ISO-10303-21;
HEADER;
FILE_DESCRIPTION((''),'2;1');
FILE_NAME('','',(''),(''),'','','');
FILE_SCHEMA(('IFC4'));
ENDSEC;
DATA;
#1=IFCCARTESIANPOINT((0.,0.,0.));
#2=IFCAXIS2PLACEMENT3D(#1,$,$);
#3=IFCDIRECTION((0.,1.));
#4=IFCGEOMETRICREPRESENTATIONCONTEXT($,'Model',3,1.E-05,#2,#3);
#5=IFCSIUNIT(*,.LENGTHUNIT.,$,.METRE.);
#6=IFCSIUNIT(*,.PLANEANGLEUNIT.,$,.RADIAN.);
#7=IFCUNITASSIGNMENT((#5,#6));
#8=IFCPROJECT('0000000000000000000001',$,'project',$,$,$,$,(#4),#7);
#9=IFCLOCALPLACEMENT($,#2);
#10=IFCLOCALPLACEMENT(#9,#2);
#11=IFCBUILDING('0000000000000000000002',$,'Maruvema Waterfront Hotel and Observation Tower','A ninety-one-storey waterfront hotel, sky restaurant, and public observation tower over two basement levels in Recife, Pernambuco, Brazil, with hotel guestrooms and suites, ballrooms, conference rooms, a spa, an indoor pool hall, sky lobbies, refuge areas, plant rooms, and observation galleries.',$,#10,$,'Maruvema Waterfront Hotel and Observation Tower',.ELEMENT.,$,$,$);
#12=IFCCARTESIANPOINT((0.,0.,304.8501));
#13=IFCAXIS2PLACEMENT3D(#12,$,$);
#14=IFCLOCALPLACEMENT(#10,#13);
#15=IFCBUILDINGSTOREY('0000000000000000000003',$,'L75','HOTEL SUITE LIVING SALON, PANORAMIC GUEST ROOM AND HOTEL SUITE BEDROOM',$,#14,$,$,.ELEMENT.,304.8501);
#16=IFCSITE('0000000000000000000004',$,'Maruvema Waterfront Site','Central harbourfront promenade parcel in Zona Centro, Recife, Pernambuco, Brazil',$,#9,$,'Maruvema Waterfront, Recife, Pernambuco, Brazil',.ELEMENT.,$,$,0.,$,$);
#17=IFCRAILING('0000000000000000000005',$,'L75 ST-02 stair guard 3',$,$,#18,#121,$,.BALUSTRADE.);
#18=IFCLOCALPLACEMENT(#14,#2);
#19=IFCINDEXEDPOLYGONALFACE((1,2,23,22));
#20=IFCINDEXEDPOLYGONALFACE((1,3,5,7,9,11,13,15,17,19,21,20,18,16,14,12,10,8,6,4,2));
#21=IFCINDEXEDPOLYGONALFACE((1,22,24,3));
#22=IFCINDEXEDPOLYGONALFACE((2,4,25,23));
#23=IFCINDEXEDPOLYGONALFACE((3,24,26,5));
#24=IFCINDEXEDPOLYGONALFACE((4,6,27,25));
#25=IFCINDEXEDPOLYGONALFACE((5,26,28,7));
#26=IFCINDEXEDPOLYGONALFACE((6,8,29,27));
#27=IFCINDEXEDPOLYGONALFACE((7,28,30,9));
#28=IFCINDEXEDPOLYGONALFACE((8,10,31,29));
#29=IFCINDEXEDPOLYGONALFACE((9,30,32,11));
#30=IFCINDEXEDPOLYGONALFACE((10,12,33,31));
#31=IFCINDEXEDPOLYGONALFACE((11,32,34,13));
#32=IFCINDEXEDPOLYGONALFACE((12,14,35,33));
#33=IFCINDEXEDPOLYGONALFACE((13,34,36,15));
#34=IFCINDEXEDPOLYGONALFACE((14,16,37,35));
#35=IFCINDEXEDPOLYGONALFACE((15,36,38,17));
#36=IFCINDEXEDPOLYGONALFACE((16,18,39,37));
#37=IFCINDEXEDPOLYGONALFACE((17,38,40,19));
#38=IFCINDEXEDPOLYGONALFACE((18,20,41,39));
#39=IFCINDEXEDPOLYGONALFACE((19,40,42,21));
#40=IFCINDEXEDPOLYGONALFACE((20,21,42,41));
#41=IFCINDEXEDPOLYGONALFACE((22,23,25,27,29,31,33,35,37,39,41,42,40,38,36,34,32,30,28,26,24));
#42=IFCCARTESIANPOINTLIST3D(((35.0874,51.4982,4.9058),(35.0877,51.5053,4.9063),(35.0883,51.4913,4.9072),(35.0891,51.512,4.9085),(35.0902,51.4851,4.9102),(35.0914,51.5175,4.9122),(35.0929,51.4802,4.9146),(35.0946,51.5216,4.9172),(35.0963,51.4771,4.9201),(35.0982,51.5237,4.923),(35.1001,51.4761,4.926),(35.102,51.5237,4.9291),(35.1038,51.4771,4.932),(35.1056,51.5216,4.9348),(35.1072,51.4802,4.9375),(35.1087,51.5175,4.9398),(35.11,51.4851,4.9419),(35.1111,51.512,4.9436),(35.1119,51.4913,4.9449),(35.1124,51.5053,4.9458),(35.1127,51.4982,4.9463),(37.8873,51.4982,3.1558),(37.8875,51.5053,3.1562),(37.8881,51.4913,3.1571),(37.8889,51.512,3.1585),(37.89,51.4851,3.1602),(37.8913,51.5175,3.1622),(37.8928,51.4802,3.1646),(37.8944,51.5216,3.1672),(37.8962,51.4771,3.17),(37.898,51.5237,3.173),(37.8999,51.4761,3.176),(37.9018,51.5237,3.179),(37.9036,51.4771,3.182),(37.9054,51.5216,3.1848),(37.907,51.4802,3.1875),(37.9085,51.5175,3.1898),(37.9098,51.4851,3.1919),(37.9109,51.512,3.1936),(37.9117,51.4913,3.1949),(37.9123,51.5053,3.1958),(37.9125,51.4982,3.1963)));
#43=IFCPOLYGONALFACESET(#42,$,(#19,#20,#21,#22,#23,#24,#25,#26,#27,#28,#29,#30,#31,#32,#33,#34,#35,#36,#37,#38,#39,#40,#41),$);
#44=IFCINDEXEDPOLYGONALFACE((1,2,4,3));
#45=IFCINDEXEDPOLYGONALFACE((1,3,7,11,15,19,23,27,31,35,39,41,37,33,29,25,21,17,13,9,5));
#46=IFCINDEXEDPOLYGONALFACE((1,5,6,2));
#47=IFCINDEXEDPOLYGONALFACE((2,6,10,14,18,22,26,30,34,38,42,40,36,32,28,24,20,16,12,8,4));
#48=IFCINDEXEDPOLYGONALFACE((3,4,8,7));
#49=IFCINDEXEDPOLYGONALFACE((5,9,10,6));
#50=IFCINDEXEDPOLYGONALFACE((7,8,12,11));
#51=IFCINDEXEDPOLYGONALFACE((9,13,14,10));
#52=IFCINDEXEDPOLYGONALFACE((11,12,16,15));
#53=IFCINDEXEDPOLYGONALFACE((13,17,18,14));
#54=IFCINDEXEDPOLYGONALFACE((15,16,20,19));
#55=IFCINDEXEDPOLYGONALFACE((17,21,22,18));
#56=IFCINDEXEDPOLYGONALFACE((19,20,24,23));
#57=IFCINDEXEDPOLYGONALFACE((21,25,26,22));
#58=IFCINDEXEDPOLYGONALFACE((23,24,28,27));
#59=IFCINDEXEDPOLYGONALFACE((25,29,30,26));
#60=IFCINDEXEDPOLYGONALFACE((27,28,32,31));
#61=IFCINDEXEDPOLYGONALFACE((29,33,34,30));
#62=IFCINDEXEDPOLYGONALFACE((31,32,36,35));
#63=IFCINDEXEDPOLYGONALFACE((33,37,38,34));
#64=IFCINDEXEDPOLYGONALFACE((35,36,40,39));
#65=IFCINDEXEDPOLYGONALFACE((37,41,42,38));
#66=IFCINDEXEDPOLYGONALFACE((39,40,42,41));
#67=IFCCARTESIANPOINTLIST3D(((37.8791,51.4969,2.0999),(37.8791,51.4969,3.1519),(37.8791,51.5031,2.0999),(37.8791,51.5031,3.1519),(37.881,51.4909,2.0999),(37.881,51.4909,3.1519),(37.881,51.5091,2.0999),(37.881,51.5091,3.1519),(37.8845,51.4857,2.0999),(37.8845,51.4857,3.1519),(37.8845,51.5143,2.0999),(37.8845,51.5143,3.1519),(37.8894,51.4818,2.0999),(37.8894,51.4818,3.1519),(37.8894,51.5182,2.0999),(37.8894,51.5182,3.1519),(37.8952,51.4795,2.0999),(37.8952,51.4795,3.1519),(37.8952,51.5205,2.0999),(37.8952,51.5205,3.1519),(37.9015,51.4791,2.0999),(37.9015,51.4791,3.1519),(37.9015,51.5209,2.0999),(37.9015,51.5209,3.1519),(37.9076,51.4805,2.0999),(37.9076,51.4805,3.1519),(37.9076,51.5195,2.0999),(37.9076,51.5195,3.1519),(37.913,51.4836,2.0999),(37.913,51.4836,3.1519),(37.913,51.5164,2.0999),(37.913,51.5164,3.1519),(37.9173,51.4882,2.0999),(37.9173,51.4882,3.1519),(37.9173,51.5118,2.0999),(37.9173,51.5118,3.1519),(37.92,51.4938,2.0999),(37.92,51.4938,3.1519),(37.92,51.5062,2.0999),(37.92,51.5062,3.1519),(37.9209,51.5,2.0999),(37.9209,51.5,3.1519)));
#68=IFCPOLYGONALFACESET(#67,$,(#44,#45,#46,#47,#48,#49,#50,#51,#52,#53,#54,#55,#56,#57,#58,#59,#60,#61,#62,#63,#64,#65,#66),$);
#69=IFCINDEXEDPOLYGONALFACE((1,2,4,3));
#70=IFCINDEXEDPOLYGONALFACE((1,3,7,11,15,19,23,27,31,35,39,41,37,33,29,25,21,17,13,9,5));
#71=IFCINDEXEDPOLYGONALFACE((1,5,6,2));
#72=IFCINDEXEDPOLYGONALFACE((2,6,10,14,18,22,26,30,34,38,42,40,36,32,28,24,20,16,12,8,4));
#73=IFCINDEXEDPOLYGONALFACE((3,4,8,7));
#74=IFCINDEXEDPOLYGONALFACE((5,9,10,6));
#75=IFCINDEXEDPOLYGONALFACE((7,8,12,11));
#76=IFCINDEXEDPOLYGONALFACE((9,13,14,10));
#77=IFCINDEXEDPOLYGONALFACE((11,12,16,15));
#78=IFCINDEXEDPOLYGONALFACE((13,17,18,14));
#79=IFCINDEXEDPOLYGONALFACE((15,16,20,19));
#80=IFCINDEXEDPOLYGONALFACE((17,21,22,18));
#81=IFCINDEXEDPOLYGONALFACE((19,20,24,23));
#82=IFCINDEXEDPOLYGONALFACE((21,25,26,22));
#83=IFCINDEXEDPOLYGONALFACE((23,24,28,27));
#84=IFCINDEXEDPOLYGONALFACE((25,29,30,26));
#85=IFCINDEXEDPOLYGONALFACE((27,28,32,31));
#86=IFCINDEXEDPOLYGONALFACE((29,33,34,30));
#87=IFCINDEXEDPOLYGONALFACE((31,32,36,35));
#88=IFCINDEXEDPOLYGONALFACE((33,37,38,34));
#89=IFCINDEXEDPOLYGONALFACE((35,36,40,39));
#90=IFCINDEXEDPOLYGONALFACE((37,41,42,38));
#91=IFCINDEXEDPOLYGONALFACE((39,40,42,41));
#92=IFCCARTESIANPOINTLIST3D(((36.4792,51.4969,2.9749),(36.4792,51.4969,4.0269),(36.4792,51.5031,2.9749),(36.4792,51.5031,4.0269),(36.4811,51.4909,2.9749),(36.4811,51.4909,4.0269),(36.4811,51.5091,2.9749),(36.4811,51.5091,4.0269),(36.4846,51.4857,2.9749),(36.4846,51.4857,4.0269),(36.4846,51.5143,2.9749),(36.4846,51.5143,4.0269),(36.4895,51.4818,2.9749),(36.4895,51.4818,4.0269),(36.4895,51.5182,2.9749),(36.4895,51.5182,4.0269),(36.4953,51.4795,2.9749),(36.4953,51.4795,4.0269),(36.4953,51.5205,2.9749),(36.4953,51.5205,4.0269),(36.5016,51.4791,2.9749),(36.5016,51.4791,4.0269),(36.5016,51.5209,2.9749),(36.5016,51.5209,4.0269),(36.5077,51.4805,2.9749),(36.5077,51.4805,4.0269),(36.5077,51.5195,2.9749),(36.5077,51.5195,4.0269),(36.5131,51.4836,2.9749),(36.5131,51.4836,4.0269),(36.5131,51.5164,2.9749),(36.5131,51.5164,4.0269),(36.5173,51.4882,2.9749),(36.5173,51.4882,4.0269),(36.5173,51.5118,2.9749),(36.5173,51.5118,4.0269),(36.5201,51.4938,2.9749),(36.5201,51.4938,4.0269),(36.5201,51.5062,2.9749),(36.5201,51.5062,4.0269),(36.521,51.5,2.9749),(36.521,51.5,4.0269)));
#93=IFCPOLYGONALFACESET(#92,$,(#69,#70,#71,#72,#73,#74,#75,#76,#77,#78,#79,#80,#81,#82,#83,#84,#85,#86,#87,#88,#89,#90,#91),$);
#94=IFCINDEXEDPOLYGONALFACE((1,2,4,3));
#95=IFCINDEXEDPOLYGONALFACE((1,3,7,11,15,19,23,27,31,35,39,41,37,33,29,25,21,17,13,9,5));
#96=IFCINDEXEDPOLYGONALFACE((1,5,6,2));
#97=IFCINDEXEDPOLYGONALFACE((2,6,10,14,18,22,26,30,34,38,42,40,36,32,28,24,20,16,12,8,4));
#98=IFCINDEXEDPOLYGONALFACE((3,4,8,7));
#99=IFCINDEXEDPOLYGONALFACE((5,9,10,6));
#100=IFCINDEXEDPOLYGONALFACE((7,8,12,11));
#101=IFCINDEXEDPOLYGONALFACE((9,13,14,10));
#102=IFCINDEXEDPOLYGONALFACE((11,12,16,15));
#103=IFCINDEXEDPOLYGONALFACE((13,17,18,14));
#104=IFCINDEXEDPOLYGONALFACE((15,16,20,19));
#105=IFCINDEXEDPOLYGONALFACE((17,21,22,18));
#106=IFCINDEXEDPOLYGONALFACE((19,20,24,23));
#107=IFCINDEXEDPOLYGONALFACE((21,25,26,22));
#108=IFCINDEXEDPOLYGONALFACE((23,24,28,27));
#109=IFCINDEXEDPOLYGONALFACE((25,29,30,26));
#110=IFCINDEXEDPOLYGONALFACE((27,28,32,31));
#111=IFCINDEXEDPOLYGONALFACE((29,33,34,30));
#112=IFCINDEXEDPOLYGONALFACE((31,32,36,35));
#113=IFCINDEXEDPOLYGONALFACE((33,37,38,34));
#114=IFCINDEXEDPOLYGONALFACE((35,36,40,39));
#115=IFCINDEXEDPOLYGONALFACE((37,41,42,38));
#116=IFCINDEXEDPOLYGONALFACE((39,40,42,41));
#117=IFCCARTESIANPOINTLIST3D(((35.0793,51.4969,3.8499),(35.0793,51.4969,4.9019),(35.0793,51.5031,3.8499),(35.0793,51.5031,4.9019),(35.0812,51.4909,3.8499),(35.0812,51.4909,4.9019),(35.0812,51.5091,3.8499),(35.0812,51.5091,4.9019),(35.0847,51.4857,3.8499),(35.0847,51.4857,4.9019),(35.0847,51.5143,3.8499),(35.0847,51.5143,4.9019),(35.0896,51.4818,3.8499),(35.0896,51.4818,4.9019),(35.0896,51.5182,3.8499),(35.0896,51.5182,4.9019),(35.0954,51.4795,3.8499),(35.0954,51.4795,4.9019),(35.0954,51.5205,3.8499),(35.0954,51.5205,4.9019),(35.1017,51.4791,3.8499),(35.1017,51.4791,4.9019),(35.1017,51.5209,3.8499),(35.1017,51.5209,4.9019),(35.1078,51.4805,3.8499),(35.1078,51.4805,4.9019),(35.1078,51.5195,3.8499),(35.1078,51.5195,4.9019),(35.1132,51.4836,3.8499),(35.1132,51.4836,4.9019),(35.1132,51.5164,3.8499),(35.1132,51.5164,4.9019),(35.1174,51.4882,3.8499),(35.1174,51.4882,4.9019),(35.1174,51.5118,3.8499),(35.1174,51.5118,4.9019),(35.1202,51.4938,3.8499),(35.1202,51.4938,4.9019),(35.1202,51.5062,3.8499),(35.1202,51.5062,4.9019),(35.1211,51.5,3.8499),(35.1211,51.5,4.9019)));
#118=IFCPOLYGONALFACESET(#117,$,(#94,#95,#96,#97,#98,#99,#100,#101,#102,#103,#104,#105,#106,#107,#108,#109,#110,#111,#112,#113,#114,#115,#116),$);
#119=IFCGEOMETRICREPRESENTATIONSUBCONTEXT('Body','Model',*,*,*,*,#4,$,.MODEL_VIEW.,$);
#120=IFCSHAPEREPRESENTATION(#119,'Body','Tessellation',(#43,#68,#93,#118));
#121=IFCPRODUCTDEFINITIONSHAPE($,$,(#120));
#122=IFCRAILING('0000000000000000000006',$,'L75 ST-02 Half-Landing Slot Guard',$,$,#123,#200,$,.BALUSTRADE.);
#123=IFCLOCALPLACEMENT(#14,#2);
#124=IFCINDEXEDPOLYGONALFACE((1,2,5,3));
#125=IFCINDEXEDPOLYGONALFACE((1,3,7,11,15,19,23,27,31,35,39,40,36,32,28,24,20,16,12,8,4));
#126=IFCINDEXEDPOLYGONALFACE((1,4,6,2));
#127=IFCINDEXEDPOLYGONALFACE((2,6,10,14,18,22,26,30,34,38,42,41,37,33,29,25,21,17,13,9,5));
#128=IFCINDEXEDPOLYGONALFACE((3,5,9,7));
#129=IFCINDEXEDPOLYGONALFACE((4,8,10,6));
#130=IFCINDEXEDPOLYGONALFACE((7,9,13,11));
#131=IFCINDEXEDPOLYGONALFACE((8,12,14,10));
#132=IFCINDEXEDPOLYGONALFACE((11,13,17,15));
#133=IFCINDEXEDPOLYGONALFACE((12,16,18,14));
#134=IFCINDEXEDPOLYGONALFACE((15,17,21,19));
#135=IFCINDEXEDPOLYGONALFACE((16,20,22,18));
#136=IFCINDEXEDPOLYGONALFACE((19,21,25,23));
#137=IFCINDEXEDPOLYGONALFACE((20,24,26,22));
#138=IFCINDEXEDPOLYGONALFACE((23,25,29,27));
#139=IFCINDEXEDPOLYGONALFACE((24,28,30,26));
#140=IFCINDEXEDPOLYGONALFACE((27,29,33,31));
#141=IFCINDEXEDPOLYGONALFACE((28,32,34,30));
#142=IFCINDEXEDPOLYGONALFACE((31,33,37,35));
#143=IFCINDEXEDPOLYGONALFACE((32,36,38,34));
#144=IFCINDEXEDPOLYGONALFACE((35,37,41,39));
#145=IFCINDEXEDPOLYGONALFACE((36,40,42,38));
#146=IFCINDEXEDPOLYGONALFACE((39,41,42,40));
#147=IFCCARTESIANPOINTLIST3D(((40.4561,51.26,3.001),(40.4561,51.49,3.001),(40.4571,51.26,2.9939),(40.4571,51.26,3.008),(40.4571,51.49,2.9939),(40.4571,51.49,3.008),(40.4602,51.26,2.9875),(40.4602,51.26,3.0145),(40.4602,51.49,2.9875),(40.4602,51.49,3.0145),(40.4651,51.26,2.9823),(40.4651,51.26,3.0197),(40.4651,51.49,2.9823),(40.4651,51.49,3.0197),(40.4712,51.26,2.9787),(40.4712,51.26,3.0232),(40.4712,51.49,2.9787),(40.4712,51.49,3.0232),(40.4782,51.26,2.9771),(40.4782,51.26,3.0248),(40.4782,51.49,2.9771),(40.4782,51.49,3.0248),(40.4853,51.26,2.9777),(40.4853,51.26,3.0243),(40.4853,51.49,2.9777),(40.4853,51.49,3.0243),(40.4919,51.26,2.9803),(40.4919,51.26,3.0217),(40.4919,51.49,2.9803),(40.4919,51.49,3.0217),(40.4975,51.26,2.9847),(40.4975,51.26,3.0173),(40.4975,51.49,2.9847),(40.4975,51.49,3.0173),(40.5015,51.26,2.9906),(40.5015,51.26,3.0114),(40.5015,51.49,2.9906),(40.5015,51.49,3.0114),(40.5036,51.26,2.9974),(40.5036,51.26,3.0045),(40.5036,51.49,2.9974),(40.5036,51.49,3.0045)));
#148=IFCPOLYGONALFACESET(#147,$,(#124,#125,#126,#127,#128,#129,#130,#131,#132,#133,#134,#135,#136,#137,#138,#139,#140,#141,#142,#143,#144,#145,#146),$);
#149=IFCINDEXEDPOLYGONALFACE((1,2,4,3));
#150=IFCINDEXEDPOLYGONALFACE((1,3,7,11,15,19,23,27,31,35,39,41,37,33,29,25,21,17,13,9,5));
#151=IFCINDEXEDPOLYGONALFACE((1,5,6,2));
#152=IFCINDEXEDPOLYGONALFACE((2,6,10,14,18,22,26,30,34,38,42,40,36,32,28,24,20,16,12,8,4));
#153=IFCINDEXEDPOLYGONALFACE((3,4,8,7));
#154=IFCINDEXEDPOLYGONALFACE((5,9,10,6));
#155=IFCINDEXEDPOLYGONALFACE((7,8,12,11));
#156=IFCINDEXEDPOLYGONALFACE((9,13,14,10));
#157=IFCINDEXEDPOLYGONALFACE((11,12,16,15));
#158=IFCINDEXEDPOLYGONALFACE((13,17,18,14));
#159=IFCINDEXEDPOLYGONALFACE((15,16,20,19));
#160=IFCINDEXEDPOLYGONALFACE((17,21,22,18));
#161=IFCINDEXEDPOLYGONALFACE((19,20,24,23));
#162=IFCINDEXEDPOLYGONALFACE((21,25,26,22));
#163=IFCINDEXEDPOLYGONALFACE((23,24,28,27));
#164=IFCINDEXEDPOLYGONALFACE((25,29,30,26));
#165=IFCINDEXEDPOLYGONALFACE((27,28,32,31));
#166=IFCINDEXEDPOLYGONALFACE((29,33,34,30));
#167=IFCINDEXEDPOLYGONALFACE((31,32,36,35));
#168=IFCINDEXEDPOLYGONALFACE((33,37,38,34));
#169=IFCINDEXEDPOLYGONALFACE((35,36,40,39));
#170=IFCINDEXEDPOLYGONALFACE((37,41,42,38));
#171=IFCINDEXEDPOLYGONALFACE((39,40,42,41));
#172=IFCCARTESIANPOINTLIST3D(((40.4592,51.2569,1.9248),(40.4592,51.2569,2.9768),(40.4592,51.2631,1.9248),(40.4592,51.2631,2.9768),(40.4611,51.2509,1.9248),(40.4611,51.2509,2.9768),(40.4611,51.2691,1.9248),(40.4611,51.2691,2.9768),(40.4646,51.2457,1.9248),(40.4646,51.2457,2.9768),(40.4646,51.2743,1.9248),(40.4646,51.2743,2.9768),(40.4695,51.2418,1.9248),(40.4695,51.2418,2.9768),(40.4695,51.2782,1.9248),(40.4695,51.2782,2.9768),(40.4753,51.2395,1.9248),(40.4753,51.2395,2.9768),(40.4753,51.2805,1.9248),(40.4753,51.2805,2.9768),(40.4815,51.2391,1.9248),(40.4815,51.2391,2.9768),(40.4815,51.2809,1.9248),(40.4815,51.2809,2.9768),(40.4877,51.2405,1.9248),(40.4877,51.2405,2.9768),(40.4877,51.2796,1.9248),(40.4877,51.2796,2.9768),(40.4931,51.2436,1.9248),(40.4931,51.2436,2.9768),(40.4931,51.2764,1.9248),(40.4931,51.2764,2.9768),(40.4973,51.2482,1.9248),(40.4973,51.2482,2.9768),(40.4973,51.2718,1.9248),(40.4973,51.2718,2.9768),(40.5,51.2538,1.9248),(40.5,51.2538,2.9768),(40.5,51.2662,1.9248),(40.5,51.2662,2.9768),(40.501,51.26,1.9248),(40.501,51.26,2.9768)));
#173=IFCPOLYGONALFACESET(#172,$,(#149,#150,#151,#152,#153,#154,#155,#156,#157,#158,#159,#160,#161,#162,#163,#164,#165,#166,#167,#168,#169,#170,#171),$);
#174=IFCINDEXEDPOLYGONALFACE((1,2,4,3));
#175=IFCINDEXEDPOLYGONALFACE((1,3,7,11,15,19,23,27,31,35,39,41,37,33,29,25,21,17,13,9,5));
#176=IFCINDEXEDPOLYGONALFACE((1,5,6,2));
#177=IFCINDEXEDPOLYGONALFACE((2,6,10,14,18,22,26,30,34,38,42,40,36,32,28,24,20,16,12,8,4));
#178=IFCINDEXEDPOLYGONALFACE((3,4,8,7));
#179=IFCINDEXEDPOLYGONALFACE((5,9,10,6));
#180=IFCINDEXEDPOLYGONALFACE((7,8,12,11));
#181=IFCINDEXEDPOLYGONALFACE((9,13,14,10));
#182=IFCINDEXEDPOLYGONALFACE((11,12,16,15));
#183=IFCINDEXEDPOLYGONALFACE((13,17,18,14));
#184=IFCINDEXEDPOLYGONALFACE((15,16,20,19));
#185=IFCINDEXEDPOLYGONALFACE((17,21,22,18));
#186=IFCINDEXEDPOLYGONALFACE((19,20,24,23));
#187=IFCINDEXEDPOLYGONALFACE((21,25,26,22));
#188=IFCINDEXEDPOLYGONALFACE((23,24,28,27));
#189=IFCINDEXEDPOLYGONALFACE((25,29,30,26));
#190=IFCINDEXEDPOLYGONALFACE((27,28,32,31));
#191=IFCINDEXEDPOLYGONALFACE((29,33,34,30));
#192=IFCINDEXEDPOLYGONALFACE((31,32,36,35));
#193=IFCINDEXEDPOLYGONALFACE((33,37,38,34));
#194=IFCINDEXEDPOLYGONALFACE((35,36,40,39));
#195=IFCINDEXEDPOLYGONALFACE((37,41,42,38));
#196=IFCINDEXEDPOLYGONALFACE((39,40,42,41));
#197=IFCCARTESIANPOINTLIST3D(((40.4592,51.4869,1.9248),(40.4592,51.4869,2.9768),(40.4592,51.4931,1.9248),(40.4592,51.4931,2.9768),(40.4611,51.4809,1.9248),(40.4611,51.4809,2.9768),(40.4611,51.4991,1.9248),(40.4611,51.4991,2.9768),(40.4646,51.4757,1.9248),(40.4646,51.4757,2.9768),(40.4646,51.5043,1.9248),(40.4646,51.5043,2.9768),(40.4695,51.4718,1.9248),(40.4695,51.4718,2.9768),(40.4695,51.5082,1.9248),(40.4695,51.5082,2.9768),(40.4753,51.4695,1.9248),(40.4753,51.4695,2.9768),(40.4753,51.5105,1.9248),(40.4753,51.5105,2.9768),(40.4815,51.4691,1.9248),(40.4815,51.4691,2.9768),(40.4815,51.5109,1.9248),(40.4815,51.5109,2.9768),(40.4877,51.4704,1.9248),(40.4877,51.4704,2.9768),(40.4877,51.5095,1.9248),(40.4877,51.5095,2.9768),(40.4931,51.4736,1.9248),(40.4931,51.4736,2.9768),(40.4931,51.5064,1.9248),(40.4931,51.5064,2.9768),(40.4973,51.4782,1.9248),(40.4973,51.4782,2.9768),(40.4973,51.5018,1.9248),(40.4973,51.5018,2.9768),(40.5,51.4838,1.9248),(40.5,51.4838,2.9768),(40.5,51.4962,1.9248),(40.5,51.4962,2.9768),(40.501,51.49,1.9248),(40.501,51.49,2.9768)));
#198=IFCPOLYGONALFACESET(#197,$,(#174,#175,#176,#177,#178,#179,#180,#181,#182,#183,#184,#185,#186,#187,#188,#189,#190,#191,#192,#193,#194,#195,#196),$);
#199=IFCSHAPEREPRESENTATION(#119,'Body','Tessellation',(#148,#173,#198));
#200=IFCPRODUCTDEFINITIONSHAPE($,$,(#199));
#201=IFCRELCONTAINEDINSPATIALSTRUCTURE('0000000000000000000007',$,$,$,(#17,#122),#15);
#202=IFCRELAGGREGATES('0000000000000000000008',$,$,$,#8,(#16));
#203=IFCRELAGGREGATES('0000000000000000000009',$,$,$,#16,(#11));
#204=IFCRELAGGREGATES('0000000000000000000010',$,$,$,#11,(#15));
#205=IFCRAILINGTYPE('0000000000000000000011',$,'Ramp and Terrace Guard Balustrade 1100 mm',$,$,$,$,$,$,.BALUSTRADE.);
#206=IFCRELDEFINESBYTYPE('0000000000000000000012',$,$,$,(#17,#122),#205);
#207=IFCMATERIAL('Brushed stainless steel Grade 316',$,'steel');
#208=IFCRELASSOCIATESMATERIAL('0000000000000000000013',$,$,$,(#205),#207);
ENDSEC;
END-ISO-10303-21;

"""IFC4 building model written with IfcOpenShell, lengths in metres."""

from ifc_helpers import new_model, si_unit, direction, frame, origin, origin_2d, place, context, subcontext, project, spatial, circle, extrude, material, type_object, element, save


model = new_model("IFC4")

# Units and contexts
model_context = context("Model", 3, precision=1e-05, world=origin(), true_north=direction((0.0, 1.0)))
body_context = subcontext(model_context, "Body", "Model", "MODEL_VIEW")
ifc_project = project(units=[si_unit("LENGTHUNIT", "METRE"), si_unit("PLANEANGLEUNIT", "RADIAN")], contexts=[model_context])

# Site, building, storey
site_placement = place(None, origin())
site = spatial("IfcSite", under=ifc_project, at=site_placement, Name="Maruvema Waterfront Site", Description="Central harbourfront promenade parcel in Zona Centro, Recife, Pernambuco, Brazil", LongName="Maruvema Waterfront, Recife, Pernambuco, Brazil", CompositionType="ELEMENT", RefElevation=0.0)
building_placement = place(site_placement, origin())
building = spatial("IfcBuilding", under=site, at=building_placement, Name="Maruvema Waterfront Hotel and Observation Tower", Description="A ninety-one-storey waterfront hotel, sky restaurant, and public observation tower over two basement levels in Recife, Pernambuco, Brazil, with hotel guestrooms and suites, ballrooms, conference rooms, a spa, an indoor pool hall, sky lobbies, refuge areas, plant rooms, and observation galleries.", LongName="Maruvema Waterfront Hotel and Observation Tower", CompositionType="ELEMENT")
storey_placement = place(building_placement, frame((0.0, 0.0, 304.8501)))
storey = spatial("IfcBuildingStorey", under=building, at=storey_placement, Name="L75", Description="HOTEL SUITE LIVING SALON, PANORAMIC GUEST ROOM AND HOTEL SUITE BEDROOM", CompositionType="ELEMENT", Elevation=304.8501)

# Railings
ifc_material_1 = material(Name="Brushed stainless steel Grade 316", Category="steel")
railing_type_1 = type_object("IfcRailingType", Name="Ramp and Terrace Guard Balustrade 1100 mm", PredefinedType="BALUSTRADE", material=ifc_material_1)
railing_1_placement = place(storey_placement, frame((37.8999, 51.5, 2.0999)))
element("IfcRailing", 1, at=railing_1_placement, inside=storey, type_object=railing_type_1, Name="L75 ST-02 stair guard 3", PredefinedType="BALUSTRADE", context=body_context, shape_type="SweptSolid", body=[
    extrude(circle(Radius=0.0239, at=origin_2d()), frame((0.0, 0.0, 1.0762), z_axis=(-0.847982, 0.0, 0.530026), x_axis=(0.0, -1.0, 0.0)), (0.0, 0.0, 1.0), 3.3018),
    extrude(circle(Radius=0.021, at=origin_2d()), origin(), (0.0, 0.0, 1.0), 1.052),
    extrude(circle(Radius=0.021, at=origin_2d()), frame((-1.3999, 0.0, 0.875)), (0.0, 0.0, 1.0), 1.052),
    extrude(circle(Radius=0.021, at=origin_2d()), frame((-2.7998, 0.0, 1.75)), (0.0, 0.0, 1.0), 1.052),
])
railing_2_placement = place(storey_placement, frame((40.48, 51.26, 1.9248)))
element("IfcRailing", 2, at=railing_2_placement, inside=storey, type_object=railing_type_1, Name="L75 ST-02 Half-Landing Slot Guard", PredefinedType="BALUSTRADE", context=body_context, shape_type="SweptSolid", body=[
    extrude(circle(Radius=0.0239, at=origin_2d()), frame((0.0, 0.0, 1.0762), z_axis=(0.0, 1.0, 0.0), x_axis=(-1.0, 0.0, 0.0)), (0.0, 0.0, 1.0), 0.23),
    extrude(circle(Radius=0.021, at=origin_2d()), origin(), (0.0, 0.0, 1.0), 1.052),
    extrude(circle(Radius=0.021, at=origin_2d()), frame((0.0, 0.23, 0.0)), (0.0, 0.0, 1.0), 1.052),
])

save(model, "model.ifc")
